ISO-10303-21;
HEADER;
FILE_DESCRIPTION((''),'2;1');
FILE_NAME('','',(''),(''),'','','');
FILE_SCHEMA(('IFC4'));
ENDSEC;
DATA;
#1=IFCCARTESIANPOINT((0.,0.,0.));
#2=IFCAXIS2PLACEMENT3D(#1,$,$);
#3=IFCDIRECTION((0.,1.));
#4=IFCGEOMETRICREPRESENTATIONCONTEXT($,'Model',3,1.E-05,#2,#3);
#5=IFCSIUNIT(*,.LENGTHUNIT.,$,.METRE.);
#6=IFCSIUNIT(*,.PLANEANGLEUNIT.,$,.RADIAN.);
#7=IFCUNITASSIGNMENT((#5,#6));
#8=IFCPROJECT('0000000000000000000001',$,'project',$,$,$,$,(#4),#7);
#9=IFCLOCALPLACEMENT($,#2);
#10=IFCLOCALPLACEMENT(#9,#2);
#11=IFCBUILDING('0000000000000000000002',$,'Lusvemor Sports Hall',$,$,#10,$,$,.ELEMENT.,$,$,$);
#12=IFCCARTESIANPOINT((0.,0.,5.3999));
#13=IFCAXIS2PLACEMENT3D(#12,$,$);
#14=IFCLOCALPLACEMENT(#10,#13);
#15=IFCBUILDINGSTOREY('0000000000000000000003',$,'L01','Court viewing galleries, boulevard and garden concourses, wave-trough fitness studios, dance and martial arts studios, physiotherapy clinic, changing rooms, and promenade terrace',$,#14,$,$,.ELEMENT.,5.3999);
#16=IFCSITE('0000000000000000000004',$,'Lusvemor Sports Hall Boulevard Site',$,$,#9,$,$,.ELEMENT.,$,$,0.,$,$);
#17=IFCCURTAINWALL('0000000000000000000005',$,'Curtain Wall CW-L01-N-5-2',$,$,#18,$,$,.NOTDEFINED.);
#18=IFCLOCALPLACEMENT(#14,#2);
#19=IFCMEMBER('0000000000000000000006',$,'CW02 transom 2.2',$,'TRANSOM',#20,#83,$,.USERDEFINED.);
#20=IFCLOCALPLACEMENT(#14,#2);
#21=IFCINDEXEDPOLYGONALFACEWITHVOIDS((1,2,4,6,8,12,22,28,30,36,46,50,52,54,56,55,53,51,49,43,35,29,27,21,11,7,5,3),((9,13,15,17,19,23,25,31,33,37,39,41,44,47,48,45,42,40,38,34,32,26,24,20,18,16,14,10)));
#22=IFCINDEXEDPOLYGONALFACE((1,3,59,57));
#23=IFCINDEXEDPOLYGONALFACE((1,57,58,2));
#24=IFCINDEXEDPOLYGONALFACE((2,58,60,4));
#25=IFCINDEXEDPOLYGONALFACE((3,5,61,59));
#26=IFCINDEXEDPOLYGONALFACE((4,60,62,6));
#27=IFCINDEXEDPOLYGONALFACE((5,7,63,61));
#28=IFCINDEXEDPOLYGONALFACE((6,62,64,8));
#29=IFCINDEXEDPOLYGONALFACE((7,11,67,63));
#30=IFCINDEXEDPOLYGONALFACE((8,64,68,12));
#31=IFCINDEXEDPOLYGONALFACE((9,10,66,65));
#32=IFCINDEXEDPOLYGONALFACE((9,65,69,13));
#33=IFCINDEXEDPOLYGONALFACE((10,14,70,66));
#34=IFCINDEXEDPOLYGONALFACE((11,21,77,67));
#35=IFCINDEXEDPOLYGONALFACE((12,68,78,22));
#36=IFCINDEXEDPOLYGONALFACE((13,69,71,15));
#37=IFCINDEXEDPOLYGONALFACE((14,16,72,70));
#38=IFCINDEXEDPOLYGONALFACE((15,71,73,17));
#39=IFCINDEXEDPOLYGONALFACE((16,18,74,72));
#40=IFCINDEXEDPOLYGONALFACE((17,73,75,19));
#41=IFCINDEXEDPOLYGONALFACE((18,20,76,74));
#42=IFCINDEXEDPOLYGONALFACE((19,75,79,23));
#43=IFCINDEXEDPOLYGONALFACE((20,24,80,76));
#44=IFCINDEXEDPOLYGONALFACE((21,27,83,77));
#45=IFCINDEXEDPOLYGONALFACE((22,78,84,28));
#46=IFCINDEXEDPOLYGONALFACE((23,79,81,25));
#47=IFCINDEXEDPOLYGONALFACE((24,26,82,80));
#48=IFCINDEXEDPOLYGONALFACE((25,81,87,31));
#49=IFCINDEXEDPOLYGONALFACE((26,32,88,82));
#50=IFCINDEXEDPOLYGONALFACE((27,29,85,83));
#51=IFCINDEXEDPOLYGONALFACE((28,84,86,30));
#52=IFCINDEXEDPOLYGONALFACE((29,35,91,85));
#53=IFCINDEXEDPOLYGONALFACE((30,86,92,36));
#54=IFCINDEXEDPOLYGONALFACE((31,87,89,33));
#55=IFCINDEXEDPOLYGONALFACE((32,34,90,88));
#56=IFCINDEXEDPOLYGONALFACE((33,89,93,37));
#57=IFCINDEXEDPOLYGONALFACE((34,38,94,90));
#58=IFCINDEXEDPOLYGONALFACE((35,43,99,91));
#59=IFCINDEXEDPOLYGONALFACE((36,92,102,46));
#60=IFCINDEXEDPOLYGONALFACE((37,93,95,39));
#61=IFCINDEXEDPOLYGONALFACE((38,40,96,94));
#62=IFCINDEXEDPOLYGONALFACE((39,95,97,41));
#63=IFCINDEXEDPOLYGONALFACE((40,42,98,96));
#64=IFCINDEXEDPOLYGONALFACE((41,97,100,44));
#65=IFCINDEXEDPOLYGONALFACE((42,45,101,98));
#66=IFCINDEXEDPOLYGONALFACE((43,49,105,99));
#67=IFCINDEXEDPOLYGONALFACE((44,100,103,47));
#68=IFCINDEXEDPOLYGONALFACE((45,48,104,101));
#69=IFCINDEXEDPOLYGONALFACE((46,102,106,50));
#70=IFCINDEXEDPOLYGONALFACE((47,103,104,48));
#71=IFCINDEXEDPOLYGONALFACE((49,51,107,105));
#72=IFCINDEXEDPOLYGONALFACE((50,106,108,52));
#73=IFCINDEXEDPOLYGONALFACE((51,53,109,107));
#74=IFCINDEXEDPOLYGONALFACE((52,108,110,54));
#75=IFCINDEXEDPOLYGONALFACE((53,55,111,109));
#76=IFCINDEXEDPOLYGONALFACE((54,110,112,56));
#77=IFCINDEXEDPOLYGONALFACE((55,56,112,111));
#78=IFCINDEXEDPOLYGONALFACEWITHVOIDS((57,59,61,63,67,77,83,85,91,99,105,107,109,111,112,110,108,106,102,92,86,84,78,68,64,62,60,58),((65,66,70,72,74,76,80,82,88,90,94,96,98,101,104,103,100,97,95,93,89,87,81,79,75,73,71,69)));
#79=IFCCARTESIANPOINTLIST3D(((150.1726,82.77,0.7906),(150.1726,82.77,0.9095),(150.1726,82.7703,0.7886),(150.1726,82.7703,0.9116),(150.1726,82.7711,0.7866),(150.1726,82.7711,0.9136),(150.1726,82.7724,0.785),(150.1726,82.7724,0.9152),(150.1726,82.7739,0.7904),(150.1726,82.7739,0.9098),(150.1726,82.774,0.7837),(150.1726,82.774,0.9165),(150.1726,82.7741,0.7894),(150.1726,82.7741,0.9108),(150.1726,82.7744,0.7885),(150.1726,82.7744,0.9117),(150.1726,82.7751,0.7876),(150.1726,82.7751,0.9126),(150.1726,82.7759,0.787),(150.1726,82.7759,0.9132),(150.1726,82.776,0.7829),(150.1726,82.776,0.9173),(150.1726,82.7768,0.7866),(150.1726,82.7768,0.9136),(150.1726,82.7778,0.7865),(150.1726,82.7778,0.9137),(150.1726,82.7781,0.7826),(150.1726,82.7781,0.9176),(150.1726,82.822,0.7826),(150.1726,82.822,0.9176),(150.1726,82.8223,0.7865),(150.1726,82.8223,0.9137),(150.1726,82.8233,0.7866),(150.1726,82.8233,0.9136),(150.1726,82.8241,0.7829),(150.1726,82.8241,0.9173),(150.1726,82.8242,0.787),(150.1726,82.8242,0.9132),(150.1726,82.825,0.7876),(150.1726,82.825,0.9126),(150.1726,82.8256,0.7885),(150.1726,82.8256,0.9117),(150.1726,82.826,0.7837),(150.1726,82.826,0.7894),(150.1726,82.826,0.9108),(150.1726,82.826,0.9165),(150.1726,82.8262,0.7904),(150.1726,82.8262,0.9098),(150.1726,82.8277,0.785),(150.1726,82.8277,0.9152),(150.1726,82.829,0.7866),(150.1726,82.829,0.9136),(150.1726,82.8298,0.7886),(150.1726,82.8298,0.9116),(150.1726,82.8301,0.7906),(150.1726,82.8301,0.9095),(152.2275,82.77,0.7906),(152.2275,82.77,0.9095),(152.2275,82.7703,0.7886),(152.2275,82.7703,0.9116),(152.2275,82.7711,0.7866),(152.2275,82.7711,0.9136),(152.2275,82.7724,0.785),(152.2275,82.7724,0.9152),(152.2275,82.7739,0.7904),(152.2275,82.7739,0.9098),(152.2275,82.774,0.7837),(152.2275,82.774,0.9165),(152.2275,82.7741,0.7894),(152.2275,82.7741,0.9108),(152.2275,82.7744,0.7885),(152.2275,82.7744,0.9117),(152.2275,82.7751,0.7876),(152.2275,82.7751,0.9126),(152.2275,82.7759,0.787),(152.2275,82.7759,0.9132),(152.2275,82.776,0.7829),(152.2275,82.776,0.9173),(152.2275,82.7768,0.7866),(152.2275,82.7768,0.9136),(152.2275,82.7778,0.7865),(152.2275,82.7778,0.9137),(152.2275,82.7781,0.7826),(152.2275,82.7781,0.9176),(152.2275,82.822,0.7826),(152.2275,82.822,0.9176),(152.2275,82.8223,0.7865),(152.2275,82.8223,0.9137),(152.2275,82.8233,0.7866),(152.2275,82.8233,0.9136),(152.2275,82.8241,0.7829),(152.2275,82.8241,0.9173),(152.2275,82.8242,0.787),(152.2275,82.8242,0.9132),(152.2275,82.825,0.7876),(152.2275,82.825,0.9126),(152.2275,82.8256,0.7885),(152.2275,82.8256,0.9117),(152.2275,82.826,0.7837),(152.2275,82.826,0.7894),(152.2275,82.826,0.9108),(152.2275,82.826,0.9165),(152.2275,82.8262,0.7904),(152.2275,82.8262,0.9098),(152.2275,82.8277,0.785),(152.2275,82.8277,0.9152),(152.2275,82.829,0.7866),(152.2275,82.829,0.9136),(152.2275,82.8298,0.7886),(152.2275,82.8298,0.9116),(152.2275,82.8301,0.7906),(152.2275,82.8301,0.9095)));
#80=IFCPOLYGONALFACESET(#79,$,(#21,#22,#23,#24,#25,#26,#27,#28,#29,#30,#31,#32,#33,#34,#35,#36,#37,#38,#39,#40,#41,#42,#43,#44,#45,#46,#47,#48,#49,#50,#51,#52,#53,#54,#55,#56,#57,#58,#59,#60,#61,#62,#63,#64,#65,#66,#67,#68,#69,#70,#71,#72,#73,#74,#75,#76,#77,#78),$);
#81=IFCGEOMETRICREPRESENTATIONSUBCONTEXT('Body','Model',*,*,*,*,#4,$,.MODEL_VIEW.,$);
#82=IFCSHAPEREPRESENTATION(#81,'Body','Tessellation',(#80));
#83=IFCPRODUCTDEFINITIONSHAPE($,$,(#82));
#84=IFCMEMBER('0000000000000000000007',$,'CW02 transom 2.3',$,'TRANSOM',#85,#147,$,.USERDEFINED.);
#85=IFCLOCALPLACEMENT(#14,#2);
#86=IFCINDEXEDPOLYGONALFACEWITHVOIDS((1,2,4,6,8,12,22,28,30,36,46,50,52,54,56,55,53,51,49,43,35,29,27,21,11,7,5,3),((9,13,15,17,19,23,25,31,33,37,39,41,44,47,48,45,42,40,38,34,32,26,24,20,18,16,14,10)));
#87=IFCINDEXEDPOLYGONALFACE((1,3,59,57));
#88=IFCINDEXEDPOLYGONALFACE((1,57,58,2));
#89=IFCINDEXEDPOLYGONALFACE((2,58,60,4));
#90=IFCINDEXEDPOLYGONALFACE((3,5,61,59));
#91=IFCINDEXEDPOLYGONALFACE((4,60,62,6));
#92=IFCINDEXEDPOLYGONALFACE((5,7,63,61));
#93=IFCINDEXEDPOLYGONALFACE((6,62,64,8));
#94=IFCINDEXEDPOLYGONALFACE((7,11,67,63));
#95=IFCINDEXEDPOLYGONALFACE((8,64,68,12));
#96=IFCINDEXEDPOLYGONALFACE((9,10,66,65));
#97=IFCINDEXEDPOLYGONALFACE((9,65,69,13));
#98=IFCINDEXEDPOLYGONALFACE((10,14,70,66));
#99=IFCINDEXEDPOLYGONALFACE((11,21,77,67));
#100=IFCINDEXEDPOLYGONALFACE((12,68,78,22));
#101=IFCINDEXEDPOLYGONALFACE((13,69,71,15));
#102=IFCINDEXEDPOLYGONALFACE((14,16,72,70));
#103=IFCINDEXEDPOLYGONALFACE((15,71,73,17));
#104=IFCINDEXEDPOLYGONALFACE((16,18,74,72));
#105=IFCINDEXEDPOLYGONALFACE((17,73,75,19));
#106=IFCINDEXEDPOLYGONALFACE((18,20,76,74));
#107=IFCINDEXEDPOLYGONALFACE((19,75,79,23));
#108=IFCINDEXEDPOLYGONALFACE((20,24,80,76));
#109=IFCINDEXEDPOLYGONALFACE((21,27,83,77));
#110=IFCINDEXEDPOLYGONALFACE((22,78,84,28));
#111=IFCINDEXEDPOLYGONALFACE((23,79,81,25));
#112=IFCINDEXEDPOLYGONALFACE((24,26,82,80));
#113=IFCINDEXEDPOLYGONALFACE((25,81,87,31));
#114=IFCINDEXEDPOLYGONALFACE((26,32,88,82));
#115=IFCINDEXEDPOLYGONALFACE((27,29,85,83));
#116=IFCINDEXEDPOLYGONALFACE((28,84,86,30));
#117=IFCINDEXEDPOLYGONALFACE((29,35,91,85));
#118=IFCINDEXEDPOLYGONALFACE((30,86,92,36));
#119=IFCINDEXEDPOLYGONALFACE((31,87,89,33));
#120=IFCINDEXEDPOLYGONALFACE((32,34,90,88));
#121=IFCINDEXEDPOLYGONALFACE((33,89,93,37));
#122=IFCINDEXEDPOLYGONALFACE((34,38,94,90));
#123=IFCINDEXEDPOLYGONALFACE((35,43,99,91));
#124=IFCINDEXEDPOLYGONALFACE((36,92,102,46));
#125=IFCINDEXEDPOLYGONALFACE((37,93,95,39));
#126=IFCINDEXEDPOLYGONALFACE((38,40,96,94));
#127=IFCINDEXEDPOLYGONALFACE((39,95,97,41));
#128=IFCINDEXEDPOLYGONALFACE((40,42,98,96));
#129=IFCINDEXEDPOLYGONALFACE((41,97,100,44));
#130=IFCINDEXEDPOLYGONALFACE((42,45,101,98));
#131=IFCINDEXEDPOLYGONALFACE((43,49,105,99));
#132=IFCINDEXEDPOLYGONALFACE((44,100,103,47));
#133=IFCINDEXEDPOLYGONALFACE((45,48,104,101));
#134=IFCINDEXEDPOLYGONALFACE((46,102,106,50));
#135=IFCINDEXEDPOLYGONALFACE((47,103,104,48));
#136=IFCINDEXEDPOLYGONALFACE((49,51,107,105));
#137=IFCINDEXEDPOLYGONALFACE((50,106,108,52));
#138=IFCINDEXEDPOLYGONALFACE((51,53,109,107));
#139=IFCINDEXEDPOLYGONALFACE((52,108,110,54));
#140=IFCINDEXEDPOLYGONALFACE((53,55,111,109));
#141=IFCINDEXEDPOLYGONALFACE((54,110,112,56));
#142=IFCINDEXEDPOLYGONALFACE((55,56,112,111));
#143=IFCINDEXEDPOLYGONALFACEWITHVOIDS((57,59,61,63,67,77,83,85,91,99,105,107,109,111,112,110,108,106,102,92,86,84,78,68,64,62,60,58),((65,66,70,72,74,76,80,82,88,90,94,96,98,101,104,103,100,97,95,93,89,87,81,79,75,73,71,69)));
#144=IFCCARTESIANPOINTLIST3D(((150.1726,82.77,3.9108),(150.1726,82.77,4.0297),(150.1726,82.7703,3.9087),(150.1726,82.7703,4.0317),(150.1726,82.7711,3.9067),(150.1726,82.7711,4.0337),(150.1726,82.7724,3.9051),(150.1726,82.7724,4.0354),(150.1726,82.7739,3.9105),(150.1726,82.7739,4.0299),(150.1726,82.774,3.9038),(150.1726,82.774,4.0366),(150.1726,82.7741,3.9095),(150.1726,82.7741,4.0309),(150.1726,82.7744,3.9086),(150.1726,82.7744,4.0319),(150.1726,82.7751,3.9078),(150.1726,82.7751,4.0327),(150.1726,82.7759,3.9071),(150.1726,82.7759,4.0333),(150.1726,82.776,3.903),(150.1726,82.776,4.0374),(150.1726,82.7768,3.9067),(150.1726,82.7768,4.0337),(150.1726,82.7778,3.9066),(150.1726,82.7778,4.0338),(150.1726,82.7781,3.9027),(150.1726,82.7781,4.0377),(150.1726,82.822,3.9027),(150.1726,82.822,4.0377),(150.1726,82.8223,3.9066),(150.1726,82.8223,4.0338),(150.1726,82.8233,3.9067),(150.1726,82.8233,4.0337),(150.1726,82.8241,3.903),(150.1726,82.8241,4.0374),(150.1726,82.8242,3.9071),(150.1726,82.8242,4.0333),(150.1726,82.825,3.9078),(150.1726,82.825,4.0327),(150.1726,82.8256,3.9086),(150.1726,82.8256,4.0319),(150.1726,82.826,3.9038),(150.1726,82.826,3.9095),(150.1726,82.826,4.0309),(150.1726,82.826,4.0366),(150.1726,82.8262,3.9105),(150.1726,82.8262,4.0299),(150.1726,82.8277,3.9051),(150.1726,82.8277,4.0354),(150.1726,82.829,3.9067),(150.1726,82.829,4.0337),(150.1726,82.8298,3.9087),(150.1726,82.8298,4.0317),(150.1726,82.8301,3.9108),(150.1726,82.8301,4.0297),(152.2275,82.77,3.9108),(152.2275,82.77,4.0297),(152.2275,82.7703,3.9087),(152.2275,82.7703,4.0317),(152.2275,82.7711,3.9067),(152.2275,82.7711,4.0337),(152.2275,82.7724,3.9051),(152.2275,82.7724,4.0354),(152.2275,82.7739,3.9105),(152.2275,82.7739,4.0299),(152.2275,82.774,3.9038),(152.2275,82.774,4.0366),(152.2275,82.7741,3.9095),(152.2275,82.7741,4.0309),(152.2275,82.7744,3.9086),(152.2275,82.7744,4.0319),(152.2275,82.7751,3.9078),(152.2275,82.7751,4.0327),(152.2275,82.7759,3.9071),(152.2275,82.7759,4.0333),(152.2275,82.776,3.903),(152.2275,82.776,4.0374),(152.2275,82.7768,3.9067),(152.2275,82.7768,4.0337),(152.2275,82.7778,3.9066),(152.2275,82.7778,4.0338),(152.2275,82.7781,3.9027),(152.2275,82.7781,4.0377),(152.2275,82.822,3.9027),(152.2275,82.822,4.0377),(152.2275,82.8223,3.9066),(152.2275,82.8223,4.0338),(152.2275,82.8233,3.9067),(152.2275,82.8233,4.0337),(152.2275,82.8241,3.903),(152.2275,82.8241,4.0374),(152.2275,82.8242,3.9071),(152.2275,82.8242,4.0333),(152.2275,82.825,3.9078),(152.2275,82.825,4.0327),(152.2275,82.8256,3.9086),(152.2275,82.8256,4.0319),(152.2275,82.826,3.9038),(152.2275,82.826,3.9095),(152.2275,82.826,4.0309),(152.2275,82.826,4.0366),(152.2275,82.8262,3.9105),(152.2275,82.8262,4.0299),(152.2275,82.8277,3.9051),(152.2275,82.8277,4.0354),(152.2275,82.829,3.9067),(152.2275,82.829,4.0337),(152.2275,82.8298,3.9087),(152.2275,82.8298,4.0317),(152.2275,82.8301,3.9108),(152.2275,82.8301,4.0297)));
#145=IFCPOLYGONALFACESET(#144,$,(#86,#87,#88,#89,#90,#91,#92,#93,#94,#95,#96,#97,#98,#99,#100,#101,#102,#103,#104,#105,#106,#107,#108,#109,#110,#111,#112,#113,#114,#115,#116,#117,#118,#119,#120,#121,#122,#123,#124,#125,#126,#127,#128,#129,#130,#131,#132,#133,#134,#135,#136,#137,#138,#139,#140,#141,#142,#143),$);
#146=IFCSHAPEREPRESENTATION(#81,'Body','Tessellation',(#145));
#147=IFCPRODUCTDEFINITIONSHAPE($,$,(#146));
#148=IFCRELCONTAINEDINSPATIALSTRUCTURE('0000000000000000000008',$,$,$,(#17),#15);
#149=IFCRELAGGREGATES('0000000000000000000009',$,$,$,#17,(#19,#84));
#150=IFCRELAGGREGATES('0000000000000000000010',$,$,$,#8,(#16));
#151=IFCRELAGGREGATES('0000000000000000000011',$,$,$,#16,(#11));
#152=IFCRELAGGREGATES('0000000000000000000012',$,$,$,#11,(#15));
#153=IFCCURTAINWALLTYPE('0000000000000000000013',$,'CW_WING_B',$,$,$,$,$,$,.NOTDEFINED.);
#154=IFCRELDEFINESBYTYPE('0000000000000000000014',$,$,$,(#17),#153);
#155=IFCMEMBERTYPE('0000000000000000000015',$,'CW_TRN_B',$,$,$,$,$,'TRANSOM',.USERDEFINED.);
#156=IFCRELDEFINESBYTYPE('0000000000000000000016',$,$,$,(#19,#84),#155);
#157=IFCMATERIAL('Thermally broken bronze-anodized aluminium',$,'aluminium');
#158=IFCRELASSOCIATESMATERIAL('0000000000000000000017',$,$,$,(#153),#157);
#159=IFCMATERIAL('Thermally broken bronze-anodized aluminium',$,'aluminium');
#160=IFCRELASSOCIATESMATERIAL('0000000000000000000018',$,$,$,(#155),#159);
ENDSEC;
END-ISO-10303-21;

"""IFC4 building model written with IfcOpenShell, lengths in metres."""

from ifc_helpers import new_model, si_unit, direction, frame, origin, origin_2d, place, context, subcontext, project, spatial, hollow_rectangle, extrude, material, material_profile, profile_set, type_object, element, aggregate, save


model = new_model("IFC4")

# Units and contexts
model_context = context("Model", 3, precision=1e-05, world=origin(), true_north=direction((0.0, 1.0)))
body_context = subcontext(model_context, "Body", "Model", "MODEL_VIEW")
ifc_project = project(units=[si_unit("LENGTHUNIT", "METRE"), si_unit("PLANEANGLEUNIT", "RADIAN")], contexts=[model_context])

# Site, building, storey
site_placement = place(None, origin())
site = spatial("IfcSite", under=ifc_project, at=site_placement, Name="Lusvemor Sports Hall Boulevard Site", CompositionType="ELEMENT", RefElevation=0.0)
building_placement = place(site_placement, origin())
building = spatial("IfcBuilding", under=site, at=building_placement, Name="Lusvemor Sports Hall", CompositionType="ELEMENT")
storey_placement = place(building_placement, frame((0.0, 0.0, 5.3999)))
storey = spatial("IfcBuildingStorey", under=building, at=storey_placement, Name="L01", Description="Court viewing galleries, boulevard and garden concourses, wave-trough fitness studios, dance and martial arts studios, physiotherapy clinic, changing rooms, and promenade terrace", CompositionType="ELEMENT", Elevation=5.3999)

# Curtain wall, members
ifc_material_1 = material(Name="Thermally broken bronze-anodized aluminium", Category="aluminium")
curtain_wall_type = type_object("IfcCurtainWallType", Name="CW_WING_B", PredefinedType="NOTDEFINED", material=ifc_material_1)
curtain_wall_placement = place(storey_placement, origin())
curtain_wall = element("IfcCurtainWall", 1, at=curtain_wall_placement, inside=storey, type_object=curtain_wall_type, Name="Curtain Wall CW-L01-N-5-2", PredefinedType="NOTDEFINED")
ifc_material_2 = material(Name="Thermally broken bronze-anodized aluminium", Category="aluminium")
ifc_material_profile_1 = material_profile(ifc_material_2, hollow_rectangle(XDim=0.0601, YDim=0.135, WallThickness=0.0039, InnerFilletRadius=0.0039, OuterFilletRadius=0.0081, at=origin_2d()), Name="CWTRN135x60x4")
ifc_profile_set_1 = profile_set([ifc_material_profile_1], Name="Thermally broken bronze-anodized aluminium")
member_type_1 = type_object("IfcMemberType", Name="CW_TRN_B", ElementType="TRANSOM", PredefinedType="USERDEFINED", material=ifc_profile_set_1)
member_1_placement = place(storey_placement, frame((150.1726, 82.8, 0.8501), z_axis=(1.0, 0.0, 0.0), x_axis=(0.0, 1.0, 0.0)))
member_1 = element("IfcMember", 2, at=member_1_placement, type_object=member_type_1, Name="CW02 transom 2.2", ObjectType="TRANSOM", PredefinedType="USERDEFINED", context=body_context, shape_type="SweptSolid", body=[
    extrude(hollow_rectangle(XDim=0.0601, YDim=0.135, WallThickness=0.0039, InnerFilletRadius=0.0039, OuterFilletRadius=0.0081, at=origin_2d()), origin(), (0.0, 0.0, 1.0), 2.0549),
])
member_2_placement = place(storey_placement, frame((150.1726, 82.8, 3.9702), z_axis=(1.0, 0.0, 0.0), x_axis=(0.0, 1.0, 0.0)))
member_2 = element("IfcMember", 3, at=member_2_placement, type_object=member_type_1, Name="CW02 transom 2.3", ObjectType="TRANSOM", PredefinedType="USERDEFINED", context=body_context, shape_type="SweptSolid", body=[
    extrude(hollow_rectangle(XDim=0.0601, YDim=0.135, WallThickness=0.0039, InnerFilletRadius=0.0039, OuterFilletRadius=0.0081, at=origin_2d()), origin(), (0.0, 0.0, 1.0), 2.0549),
])

aggregate(curtain_wall, [member_1, member_2])

save(model, "model.ifc")
